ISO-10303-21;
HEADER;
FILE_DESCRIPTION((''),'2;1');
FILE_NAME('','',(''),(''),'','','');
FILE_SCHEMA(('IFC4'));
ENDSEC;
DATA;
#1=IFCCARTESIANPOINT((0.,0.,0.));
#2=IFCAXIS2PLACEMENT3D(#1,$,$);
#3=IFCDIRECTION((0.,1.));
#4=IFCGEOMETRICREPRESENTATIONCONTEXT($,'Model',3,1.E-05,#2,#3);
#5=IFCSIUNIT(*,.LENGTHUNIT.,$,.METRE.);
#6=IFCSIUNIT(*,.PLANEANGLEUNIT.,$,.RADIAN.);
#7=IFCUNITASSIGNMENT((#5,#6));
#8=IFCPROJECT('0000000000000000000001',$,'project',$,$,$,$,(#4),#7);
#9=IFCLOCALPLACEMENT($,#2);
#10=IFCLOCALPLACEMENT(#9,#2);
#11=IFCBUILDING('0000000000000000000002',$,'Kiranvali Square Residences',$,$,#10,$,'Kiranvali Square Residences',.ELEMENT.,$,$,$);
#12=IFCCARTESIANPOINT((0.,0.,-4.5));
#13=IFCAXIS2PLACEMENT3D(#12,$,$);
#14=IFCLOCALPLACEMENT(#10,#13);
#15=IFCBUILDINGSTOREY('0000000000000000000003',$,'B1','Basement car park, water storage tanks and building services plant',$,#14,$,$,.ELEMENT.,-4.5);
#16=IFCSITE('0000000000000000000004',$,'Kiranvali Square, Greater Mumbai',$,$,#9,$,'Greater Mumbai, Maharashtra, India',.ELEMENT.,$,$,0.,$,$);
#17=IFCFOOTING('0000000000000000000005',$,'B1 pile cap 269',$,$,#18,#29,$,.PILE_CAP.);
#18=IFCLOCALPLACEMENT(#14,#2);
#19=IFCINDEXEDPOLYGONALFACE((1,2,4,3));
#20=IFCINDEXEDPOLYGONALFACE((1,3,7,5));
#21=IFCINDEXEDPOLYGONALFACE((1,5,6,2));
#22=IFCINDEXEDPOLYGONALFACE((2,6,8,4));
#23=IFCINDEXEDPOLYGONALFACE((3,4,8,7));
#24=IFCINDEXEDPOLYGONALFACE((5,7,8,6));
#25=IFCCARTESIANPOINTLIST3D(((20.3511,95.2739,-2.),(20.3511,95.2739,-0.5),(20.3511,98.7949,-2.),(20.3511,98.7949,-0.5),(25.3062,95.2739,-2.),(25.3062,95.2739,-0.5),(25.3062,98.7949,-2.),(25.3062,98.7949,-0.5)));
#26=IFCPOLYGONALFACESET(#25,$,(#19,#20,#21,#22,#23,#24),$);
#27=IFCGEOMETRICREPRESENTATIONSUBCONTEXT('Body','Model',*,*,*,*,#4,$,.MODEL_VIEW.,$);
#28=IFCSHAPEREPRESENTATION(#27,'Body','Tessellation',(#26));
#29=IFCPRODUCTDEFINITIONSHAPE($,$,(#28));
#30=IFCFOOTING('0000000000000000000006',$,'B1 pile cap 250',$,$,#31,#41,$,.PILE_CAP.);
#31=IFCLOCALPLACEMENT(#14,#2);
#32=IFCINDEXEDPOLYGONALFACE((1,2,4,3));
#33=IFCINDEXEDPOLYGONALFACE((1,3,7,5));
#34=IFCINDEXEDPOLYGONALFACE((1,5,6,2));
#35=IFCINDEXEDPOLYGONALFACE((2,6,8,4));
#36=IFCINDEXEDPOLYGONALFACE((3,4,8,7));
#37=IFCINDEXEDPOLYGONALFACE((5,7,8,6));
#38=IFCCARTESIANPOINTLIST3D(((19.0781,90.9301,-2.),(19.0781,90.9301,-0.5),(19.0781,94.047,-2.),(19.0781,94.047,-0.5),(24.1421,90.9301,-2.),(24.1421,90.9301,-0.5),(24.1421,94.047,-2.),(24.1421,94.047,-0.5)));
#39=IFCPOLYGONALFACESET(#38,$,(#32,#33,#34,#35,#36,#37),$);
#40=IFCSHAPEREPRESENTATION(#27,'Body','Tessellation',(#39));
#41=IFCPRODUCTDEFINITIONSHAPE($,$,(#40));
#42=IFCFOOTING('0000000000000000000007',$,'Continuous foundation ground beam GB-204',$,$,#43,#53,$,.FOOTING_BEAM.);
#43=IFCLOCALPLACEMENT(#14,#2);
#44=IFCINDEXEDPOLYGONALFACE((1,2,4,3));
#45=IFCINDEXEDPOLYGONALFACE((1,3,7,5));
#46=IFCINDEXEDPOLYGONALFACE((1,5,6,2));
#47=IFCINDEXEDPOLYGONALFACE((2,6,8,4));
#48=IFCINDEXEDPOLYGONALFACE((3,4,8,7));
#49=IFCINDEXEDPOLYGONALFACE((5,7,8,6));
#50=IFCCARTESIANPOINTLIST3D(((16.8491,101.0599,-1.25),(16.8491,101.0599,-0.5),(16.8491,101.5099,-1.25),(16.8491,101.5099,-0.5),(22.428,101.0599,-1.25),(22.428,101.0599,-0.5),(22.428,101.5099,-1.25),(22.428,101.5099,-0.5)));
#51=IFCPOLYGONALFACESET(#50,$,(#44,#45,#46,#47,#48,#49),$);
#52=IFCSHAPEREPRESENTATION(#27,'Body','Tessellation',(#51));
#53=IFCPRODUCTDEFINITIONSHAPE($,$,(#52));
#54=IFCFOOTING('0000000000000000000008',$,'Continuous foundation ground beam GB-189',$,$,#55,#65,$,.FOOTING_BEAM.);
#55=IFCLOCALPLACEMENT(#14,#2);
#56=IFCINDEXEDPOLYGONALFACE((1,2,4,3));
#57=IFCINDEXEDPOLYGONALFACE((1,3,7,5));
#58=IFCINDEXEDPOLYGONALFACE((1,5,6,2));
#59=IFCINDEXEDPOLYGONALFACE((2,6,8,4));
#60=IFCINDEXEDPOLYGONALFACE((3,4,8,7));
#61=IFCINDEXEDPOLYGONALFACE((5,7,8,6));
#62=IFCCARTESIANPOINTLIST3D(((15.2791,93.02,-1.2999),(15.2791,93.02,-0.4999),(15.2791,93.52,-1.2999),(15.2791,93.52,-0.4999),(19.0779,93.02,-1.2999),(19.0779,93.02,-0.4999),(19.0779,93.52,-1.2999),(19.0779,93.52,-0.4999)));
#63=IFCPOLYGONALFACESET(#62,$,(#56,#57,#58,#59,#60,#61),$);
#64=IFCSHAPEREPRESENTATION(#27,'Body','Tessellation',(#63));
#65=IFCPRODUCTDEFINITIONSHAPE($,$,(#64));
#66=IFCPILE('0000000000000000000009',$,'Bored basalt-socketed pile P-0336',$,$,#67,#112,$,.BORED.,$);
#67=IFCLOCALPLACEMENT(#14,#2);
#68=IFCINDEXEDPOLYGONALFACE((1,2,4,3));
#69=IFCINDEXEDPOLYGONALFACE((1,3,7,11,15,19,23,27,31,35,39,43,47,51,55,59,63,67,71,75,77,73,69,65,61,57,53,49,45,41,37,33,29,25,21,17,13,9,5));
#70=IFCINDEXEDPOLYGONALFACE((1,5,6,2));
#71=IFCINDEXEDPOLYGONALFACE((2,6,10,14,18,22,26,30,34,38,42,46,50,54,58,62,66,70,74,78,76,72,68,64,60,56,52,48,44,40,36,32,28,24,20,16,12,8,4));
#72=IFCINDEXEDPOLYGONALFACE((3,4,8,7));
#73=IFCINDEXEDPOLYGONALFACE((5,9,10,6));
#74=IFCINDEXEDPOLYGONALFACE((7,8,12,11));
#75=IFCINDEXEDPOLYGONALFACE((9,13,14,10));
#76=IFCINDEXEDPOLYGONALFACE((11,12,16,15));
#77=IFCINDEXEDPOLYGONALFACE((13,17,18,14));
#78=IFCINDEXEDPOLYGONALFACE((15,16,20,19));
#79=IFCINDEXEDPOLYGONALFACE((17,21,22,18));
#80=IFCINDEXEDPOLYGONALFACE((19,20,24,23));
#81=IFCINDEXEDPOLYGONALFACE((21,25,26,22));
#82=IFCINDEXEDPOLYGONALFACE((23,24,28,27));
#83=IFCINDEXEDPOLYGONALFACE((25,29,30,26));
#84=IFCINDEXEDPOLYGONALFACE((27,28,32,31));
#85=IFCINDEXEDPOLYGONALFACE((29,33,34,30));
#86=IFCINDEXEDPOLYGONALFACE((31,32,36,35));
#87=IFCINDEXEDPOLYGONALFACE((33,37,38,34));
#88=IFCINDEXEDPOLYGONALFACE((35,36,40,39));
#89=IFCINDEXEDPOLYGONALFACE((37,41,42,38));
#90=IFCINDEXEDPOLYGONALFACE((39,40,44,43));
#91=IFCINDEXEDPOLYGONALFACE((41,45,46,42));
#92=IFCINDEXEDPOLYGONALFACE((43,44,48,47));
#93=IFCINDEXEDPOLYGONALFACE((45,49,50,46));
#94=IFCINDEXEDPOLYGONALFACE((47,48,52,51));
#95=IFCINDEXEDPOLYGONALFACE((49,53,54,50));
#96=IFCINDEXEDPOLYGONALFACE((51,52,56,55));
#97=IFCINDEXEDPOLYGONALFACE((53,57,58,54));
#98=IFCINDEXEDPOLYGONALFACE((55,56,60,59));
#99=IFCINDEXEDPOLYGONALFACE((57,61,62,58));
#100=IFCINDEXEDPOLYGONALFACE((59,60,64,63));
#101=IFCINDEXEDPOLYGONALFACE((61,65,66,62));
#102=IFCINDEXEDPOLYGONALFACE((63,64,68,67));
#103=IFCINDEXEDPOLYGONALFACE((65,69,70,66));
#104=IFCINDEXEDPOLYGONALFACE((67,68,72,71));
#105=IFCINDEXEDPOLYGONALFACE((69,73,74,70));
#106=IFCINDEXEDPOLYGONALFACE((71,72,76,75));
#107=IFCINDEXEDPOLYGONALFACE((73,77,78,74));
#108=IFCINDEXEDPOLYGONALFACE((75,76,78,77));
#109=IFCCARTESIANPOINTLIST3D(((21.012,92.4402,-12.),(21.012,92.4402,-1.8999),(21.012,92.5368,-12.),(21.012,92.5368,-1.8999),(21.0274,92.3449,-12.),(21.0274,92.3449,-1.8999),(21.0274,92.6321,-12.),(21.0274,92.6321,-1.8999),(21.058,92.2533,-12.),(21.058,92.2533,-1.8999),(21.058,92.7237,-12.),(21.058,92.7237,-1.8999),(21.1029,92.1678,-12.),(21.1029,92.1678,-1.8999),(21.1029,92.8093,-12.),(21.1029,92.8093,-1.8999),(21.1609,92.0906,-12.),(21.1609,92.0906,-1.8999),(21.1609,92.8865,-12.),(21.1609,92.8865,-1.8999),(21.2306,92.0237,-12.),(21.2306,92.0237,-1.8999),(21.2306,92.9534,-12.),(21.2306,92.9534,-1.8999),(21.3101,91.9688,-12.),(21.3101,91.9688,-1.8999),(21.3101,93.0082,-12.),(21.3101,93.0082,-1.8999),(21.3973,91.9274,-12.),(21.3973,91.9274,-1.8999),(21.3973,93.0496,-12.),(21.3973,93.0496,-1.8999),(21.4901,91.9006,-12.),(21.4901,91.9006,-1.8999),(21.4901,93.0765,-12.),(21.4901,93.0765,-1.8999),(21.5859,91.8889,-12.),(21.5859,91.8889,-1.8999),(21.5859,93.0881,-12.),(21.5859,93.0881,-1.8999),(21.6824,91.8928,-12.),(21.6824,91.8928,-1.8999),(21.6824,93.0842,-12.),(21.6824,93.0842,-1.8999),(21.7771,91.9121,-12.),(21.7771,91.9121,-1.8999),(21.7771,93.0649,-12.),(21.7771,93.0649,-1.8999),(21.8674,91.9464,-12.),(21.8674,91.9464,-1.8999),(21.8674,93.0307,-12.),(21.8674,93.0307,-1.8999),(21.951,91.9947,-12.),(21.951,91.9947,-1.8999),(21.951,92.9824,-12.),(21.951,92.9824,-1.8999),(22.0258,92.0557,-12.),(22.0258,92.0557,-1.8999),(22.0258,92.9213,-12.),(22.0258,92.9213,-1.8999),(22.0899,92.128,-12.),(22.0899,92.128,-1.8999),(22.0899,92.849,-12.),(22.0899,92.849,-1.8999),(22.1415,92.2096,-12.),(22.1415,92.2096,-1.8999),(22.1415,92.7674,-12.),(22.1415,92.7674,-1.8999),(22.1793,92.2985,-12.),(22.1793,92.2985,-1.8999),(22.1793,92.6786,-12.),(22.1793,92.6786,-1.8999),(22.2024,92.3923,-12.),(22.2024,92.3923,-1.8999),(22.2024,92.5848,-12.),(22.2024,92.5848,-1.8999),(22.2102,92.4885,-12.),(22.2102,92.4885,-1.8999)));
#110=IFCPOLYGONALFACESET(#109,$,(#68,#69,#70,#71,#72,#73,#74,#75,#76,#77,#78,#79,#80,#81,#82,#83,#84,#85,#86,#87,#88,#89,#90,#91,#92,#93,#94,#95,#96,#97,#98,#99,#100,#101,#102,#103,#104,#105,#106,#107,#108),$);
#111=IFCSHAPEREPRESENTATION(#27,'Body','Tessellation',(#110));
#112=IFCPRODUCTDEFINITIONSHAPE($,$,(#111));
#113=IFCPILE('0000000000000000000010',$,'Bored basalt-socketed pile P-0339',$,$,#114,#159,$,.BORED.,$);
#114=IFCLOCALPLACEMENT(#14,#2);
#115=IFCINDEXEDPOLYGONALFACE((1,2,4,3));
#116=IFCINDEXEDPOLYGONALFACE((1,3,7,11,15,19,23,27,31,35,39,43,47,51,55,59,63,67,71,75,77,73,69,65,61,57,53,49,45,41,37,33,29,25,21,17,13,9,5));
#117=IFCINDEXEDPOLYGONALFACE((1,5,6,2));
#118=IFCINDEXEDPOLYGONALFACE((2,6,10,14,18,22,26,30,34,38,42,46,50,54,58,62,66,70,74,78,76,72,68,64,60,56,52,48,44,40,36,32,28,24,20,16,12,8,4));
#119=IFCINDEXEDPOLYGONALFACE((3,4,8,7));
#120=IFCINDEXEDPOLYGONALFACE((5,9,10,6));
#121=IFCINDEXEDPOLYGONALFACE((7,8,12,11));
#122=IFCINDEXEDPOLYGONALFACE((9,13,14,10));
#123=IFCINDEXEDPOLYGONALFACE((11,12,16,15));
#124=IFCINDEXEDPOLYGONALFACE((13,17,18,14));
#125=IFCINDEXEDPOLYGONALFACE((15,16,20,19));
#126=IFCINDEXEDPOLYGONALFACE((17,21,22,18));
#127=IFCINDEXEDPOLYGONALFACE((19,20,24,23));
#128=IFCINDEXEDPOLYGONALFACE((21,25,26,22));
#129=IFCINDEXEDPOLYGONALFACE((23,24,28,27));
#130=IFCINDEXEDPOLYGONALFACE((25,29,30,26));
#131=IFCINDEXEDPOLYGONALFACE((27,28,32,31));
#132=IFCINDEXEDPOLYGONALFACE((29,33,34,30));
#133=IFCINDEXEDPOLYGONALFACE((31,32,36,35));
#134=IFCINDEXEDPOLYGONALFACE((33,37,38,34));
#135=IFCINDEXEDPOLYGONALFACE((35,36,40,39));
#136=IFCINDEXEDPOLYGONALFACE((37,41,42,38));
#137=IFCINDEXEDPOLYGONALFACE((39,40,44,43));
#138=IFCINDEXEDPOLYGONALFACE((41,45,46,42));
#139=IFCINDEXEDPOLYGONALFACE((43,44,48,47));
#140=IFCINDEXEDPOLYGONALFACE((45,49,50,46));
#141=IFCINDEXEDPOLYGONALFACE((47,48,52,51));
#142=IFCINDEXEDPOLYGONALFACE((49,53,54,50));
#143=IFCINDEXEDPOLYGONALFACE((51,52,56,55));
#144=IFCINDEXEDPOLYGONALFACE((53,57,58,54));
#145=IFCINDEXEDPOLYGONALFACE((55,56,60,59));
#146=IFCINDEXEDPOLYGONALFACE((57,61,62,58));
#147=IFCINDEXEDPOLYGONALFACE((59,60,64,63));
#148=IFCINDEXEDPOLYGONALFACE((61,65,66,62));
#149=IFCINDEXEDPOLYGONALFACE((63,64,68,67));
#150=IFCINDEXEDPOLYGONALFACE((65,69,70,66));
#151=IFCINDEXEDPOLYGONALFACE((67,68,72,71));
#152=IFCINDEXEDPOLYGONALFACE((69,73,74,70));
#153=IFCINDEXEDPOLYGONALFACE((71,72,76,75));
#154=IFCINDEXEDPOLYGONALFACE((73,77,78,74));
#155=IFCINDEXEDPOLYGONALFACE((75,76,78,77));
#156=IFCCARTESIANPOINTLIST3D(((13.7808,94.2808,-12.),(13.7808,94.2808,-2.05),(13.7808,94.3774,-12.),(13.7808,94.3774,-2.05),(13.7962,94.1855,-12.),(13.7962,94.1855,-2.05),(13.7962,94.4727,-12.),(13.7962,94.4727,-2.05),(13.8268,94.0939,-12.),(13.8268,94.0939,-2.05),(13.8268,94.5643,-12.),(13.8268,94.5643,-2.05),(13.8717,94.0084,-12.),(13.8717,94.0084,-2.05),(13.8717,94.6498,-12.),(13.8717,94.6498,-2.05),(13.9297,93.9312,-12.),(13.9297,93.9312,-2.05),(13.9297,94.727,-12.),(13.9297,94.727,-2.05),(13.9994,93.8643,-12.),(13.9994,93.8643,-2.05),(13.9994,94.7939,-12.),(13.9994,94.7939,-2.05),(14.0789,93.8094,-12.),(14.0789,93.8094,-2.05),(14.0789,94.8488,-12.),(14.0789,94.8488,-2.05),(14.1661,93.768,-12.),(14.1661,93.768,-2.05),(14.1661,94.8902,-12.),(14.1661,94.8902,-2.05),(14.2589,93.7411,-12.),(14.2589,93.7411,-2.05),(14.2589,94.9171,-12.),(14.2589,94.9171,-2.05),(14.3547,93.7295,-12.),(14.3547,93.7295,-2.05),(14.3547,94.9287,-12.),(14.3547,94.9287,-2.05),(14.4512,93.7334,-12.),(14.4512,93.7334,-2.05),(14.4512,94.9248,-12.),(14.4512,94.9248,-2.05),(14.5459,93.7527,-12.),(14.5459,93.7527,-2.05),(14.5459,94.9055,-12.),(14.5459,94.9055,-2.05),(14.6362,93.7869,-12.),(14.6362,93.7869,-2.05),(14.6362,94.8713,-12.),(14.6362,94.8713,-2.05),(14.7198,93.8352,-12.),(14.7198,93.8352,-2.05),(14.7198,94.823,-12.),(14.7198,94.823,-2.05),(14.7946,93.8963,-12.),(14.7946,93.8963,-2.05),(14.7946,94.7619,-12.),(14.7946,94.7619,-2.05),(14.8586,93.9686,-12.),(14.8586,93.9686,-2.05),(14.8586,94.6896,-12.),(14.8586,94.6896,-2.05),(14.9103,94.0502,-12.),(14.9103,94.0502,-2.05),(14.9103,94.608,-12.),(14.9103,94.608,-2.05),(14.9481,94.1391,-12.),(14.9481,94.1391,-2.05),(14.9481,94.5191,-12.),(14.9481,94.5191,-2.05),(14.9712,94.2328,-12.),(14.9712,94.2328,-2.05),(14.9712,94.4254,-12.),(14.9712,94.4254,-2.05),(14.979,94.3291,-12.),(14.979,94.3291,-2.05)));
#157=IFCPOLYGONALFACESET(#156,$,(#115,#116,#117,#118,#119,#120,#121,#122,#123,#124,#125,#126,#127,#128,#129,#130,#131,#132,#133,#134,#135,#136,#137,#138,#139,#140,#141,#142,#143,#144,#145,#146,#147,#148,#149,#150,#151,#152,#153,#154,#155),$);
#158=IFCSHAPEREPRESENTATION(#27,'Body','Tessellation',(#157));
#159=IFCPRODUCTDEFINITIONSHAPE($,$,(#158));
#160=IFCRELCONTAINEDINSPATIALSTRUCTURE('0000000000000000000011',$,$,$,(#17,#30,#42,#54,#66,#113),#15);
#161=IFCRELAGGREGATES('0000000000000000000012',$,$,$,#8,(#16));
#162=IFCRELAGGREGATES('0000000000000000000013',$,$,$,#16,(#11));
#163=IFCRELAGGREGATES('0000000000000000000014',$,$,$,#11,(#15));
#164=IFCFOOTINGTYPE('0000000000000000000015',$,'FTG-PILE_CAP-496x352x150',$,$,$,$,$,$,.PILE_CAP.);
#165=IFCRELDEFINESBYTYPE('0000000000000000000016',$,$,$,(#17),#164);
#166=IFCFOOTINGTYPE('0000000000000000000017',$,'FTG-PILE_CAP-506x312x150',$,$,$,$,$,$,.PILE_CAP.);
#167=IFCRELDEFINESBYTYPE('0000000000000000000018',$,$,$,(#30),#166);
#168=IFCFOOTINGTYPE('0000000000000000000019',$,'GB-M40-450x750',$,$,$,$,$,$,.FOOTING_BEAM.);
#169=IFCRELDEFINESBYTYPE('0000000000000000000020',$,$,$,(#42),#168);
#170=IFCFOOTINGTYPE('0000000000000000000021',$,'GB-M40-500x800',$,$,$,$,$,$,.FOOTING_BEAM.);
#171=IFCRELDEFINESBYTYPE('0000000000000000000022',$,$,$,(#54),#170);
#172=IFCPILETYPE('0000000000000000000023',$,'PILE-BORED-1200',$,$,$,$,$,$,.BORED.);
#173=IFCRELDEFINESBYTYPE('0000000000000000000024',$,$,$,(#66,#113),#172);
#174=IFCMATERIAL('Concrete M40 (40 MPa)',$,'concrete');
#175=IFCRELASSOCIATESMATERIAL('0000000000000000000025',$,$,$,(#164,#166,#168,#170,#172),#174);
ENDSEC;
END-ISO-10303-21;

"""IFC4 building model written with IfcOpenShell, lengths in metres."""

from ifc_helpers import new_model, si_unit, direction, frame, origin, origin_2d, place, context, subcontext, project, spatial, rectangle, circle, extrude, material, material_profile, profile_set, type_object, element, save


model = new_model("IFC4")

# Units and contexts
model_context = context("Model", 3, precision=1e-05, world=origin(), true_north=direction((0.0, 1.0)))
body_context = subcontext(model_context, "Body", "Model", "MODEL_VIEW")
ifc_project = project(units=[si_unit("LENGTHUNIT", "METRE"), si_unit("PLANEANGLEUNIT", "RADIAN")], contexts=[model_context])

# Site, building, storey
site_placement = place(None, origin())
site = spatial("IfcSite", under=ifc_project, at=site_placement, Name="Kiranvali Square, Greater Mumbai", LongName="Greater Mumbai, Maharashtra, India", CompositionType="ELEMENT", RefElevation=0.0)
building_placement = place(site_placement, origin())
building = spatial("IfcBuilding", under=site, at=building_placement, Name="Kiranvali Square Residences", LongName="Kiranvali Square Residences", CompositionType="ELEMENT")
storey_placement = place(building_placement, frame((0.0, 0.0, -4.5)))
storey = spatial("IfcBuildingStorey", under=building, at=storey_placement, Name="B1", Description="Basement car park, water storage tanks and building services plant", CompositionType="ELEMENT", Elevation=-4.5)

# Footings
ifc_material_1 = material(Name="Concrete M40 (40 MPa)", Category="concrete")
footing_type_1 = type_object("IfcFootingType", Name="FTG-PILE_CAP-496x352x150", PredefinedType="PILE_CAP", material=ifc_material_1)
footing_1_placement = place(storey_placement, frame((22.8286, 97.0344, -2.0), z_axis=(0.0, 0.0, 1.0), x_axis=(1.0, 0.0, 0.0)))
element("IfcFooting", 1, at=footing_1_placement, inside=storey, type_object=footing_type_1, Name="B1 pile cap 269", PredefinedType="PILE_CAP", context=body_context, shape_type="SweptSolid", body=[
    extrude(rectangle(XDim=4.9551, YDim=3.521, at=origin_2d()), origin(), (0.0, 0.0, 1.0), 1.5),
])
footing_type_2 = type_object("IfcFootingType", Name="FTG-PILE_CAP-506x312x150", PredefinedType="PILE_CAP", material=ifc_material_1)
footing_2_placement = place(storey_placement, frame((21.6101, 92.4885, -2.0), z_axis=(0.0, 0.0, 1.0), x_axis=(1.0, 0.0, 0.0)))
element("IfcFooting", 2, at=footing_2_placement, inside=storey, type_object=footing_type_2, Name="B1 pile cap 250", PredefinedType="PILE_CAP", context=body_context, shape_type="SweptSolid", body=[
    extrude(rectangle(XDim=5.064, YDim=3.1169, at=origin_2d()), origin(), (0.0, 0.0, 1.0), 1.5),
])
ifc_material_profile_1 = material_profile(ifc_material_1, rectangle(XDim=0.45, YDim=0.75, at=origin_2d()), Name="GB 450x750")
ifc_profile_set_1 = profile_set([ifc_material_profile_1], Name="Concrete M40 (40 MPa)")
footing_type_3 = type_object("IfcFootingType", Name="GB-M40-450x750", PredefinedType="FOOTING_BEAM", material=ifc_profile_set_1)
footing_3_placement = place(storey_placement, frame((16.8491, 101.2849, -0.875), z_axis=(1.0, 0.0, 0.0), x_axis=(0.0, 1.0, 0.0)))
element("IfcFooting", 3, at=footing_3_placement, inside=storey, type_object=footing_type_3, Name="Continuous foundation ground beam GB-204", PredefinedType="FOOTING_BEAM", context=body_context, shape_type="SweptSolid", body=[
    extrude(rectangle(XDim=0.45, YDim=0.75, at=origin_2d()), origin(), (0.0, 0.0, 1.0), 5.5789),
])
ifc_material_profile_2 = material_profile(ifc_material_1, rectangle(XDim=0.5, YDim=0.8, at=origin_2d()), Name="GB 500x800")
ifc_profile_set_2 = profile_set([ifc_material_profile_2], Name="Concrete M40 (40 MPa)")
footing_type_4 = type_object("IfcFootingType", Name="GB-M40-500x800", PredefinedType="FOOTING_BEAM", material=ifc_profile_set_2)
footing_4_placement = place(storey_placement, frame((15.2791, 93.27, -0.8999), z_axis=(1.0, 0.0, 0.0), x_axis=(0.0, 1.0, 0.0)))
element("IfcFooting", 4, at=footing_4_placement, inside=storey, type_object=footing_type_4, Name="Continuous foundation ground beam GB-189", PredefinedType="FOOTING_BEAM", context=body_context, shape_type="SweptSolid", body=[
    extrude(rectangle(XDim=0.5, YDim=0.8, at=origin_2d()), origin(), (0.0, 0.0, 1.0), 3.7988),
])

# Piles
ifc_material_profile_3 = material_profile(ifc_material_1, circle(Radius=0.6001, at=origin_2d()), Name="BORED PILE 1200")
ifc_profile_set_3 = profile_set([ifc_material_profile_3], Name="Concrete M40 (40 MPa)")
pile_type = type_object("IfcPileType", Name="PILE-BORED-1200", PredefinedType="BORED", material=ifc_profile_set_3)
pile_1_placement = place(storey_placement, frame((21.6101, 92.4885, -1.8999), z_axis=(0.0, 0.0, -1.0), x_axis=(1.0, 0.0, 0.0)))
element("IfcPile", 5, at=pile_1_placement, inside=storey, type_object=pile_type, Name="Bored basalt-socketed pile P-0336", PredefinedType="BORED", context=body_context, shape_type="SweptSolid", body=[
    extrude(circle(Radius=0.6001, at=origin_2d()), origin(), (0.0, 0.0, 1.0), 10.1001),
])
pile_2_placement = place(storey_placement, frame((14.3789, 94.3291, -2.05), z_axis=(0.0, 0.0, -1.0), x_axis=(1.0, 0.0, 0.0)))
element("IfcPile", 6, at=pile_2_placement, inside=storey, type_object=pile_type, Name="Bored basalt-socketed pile P-0339", PredefinedType="BORED", context=body_context, shape_type="SweptSolid", body=[
    extrude(circle(Radius=0.6001, at=origin_2d()), origin(), (0.0, 0.0, 1.0), 9.95),
])

save(model, "model.ifc")
